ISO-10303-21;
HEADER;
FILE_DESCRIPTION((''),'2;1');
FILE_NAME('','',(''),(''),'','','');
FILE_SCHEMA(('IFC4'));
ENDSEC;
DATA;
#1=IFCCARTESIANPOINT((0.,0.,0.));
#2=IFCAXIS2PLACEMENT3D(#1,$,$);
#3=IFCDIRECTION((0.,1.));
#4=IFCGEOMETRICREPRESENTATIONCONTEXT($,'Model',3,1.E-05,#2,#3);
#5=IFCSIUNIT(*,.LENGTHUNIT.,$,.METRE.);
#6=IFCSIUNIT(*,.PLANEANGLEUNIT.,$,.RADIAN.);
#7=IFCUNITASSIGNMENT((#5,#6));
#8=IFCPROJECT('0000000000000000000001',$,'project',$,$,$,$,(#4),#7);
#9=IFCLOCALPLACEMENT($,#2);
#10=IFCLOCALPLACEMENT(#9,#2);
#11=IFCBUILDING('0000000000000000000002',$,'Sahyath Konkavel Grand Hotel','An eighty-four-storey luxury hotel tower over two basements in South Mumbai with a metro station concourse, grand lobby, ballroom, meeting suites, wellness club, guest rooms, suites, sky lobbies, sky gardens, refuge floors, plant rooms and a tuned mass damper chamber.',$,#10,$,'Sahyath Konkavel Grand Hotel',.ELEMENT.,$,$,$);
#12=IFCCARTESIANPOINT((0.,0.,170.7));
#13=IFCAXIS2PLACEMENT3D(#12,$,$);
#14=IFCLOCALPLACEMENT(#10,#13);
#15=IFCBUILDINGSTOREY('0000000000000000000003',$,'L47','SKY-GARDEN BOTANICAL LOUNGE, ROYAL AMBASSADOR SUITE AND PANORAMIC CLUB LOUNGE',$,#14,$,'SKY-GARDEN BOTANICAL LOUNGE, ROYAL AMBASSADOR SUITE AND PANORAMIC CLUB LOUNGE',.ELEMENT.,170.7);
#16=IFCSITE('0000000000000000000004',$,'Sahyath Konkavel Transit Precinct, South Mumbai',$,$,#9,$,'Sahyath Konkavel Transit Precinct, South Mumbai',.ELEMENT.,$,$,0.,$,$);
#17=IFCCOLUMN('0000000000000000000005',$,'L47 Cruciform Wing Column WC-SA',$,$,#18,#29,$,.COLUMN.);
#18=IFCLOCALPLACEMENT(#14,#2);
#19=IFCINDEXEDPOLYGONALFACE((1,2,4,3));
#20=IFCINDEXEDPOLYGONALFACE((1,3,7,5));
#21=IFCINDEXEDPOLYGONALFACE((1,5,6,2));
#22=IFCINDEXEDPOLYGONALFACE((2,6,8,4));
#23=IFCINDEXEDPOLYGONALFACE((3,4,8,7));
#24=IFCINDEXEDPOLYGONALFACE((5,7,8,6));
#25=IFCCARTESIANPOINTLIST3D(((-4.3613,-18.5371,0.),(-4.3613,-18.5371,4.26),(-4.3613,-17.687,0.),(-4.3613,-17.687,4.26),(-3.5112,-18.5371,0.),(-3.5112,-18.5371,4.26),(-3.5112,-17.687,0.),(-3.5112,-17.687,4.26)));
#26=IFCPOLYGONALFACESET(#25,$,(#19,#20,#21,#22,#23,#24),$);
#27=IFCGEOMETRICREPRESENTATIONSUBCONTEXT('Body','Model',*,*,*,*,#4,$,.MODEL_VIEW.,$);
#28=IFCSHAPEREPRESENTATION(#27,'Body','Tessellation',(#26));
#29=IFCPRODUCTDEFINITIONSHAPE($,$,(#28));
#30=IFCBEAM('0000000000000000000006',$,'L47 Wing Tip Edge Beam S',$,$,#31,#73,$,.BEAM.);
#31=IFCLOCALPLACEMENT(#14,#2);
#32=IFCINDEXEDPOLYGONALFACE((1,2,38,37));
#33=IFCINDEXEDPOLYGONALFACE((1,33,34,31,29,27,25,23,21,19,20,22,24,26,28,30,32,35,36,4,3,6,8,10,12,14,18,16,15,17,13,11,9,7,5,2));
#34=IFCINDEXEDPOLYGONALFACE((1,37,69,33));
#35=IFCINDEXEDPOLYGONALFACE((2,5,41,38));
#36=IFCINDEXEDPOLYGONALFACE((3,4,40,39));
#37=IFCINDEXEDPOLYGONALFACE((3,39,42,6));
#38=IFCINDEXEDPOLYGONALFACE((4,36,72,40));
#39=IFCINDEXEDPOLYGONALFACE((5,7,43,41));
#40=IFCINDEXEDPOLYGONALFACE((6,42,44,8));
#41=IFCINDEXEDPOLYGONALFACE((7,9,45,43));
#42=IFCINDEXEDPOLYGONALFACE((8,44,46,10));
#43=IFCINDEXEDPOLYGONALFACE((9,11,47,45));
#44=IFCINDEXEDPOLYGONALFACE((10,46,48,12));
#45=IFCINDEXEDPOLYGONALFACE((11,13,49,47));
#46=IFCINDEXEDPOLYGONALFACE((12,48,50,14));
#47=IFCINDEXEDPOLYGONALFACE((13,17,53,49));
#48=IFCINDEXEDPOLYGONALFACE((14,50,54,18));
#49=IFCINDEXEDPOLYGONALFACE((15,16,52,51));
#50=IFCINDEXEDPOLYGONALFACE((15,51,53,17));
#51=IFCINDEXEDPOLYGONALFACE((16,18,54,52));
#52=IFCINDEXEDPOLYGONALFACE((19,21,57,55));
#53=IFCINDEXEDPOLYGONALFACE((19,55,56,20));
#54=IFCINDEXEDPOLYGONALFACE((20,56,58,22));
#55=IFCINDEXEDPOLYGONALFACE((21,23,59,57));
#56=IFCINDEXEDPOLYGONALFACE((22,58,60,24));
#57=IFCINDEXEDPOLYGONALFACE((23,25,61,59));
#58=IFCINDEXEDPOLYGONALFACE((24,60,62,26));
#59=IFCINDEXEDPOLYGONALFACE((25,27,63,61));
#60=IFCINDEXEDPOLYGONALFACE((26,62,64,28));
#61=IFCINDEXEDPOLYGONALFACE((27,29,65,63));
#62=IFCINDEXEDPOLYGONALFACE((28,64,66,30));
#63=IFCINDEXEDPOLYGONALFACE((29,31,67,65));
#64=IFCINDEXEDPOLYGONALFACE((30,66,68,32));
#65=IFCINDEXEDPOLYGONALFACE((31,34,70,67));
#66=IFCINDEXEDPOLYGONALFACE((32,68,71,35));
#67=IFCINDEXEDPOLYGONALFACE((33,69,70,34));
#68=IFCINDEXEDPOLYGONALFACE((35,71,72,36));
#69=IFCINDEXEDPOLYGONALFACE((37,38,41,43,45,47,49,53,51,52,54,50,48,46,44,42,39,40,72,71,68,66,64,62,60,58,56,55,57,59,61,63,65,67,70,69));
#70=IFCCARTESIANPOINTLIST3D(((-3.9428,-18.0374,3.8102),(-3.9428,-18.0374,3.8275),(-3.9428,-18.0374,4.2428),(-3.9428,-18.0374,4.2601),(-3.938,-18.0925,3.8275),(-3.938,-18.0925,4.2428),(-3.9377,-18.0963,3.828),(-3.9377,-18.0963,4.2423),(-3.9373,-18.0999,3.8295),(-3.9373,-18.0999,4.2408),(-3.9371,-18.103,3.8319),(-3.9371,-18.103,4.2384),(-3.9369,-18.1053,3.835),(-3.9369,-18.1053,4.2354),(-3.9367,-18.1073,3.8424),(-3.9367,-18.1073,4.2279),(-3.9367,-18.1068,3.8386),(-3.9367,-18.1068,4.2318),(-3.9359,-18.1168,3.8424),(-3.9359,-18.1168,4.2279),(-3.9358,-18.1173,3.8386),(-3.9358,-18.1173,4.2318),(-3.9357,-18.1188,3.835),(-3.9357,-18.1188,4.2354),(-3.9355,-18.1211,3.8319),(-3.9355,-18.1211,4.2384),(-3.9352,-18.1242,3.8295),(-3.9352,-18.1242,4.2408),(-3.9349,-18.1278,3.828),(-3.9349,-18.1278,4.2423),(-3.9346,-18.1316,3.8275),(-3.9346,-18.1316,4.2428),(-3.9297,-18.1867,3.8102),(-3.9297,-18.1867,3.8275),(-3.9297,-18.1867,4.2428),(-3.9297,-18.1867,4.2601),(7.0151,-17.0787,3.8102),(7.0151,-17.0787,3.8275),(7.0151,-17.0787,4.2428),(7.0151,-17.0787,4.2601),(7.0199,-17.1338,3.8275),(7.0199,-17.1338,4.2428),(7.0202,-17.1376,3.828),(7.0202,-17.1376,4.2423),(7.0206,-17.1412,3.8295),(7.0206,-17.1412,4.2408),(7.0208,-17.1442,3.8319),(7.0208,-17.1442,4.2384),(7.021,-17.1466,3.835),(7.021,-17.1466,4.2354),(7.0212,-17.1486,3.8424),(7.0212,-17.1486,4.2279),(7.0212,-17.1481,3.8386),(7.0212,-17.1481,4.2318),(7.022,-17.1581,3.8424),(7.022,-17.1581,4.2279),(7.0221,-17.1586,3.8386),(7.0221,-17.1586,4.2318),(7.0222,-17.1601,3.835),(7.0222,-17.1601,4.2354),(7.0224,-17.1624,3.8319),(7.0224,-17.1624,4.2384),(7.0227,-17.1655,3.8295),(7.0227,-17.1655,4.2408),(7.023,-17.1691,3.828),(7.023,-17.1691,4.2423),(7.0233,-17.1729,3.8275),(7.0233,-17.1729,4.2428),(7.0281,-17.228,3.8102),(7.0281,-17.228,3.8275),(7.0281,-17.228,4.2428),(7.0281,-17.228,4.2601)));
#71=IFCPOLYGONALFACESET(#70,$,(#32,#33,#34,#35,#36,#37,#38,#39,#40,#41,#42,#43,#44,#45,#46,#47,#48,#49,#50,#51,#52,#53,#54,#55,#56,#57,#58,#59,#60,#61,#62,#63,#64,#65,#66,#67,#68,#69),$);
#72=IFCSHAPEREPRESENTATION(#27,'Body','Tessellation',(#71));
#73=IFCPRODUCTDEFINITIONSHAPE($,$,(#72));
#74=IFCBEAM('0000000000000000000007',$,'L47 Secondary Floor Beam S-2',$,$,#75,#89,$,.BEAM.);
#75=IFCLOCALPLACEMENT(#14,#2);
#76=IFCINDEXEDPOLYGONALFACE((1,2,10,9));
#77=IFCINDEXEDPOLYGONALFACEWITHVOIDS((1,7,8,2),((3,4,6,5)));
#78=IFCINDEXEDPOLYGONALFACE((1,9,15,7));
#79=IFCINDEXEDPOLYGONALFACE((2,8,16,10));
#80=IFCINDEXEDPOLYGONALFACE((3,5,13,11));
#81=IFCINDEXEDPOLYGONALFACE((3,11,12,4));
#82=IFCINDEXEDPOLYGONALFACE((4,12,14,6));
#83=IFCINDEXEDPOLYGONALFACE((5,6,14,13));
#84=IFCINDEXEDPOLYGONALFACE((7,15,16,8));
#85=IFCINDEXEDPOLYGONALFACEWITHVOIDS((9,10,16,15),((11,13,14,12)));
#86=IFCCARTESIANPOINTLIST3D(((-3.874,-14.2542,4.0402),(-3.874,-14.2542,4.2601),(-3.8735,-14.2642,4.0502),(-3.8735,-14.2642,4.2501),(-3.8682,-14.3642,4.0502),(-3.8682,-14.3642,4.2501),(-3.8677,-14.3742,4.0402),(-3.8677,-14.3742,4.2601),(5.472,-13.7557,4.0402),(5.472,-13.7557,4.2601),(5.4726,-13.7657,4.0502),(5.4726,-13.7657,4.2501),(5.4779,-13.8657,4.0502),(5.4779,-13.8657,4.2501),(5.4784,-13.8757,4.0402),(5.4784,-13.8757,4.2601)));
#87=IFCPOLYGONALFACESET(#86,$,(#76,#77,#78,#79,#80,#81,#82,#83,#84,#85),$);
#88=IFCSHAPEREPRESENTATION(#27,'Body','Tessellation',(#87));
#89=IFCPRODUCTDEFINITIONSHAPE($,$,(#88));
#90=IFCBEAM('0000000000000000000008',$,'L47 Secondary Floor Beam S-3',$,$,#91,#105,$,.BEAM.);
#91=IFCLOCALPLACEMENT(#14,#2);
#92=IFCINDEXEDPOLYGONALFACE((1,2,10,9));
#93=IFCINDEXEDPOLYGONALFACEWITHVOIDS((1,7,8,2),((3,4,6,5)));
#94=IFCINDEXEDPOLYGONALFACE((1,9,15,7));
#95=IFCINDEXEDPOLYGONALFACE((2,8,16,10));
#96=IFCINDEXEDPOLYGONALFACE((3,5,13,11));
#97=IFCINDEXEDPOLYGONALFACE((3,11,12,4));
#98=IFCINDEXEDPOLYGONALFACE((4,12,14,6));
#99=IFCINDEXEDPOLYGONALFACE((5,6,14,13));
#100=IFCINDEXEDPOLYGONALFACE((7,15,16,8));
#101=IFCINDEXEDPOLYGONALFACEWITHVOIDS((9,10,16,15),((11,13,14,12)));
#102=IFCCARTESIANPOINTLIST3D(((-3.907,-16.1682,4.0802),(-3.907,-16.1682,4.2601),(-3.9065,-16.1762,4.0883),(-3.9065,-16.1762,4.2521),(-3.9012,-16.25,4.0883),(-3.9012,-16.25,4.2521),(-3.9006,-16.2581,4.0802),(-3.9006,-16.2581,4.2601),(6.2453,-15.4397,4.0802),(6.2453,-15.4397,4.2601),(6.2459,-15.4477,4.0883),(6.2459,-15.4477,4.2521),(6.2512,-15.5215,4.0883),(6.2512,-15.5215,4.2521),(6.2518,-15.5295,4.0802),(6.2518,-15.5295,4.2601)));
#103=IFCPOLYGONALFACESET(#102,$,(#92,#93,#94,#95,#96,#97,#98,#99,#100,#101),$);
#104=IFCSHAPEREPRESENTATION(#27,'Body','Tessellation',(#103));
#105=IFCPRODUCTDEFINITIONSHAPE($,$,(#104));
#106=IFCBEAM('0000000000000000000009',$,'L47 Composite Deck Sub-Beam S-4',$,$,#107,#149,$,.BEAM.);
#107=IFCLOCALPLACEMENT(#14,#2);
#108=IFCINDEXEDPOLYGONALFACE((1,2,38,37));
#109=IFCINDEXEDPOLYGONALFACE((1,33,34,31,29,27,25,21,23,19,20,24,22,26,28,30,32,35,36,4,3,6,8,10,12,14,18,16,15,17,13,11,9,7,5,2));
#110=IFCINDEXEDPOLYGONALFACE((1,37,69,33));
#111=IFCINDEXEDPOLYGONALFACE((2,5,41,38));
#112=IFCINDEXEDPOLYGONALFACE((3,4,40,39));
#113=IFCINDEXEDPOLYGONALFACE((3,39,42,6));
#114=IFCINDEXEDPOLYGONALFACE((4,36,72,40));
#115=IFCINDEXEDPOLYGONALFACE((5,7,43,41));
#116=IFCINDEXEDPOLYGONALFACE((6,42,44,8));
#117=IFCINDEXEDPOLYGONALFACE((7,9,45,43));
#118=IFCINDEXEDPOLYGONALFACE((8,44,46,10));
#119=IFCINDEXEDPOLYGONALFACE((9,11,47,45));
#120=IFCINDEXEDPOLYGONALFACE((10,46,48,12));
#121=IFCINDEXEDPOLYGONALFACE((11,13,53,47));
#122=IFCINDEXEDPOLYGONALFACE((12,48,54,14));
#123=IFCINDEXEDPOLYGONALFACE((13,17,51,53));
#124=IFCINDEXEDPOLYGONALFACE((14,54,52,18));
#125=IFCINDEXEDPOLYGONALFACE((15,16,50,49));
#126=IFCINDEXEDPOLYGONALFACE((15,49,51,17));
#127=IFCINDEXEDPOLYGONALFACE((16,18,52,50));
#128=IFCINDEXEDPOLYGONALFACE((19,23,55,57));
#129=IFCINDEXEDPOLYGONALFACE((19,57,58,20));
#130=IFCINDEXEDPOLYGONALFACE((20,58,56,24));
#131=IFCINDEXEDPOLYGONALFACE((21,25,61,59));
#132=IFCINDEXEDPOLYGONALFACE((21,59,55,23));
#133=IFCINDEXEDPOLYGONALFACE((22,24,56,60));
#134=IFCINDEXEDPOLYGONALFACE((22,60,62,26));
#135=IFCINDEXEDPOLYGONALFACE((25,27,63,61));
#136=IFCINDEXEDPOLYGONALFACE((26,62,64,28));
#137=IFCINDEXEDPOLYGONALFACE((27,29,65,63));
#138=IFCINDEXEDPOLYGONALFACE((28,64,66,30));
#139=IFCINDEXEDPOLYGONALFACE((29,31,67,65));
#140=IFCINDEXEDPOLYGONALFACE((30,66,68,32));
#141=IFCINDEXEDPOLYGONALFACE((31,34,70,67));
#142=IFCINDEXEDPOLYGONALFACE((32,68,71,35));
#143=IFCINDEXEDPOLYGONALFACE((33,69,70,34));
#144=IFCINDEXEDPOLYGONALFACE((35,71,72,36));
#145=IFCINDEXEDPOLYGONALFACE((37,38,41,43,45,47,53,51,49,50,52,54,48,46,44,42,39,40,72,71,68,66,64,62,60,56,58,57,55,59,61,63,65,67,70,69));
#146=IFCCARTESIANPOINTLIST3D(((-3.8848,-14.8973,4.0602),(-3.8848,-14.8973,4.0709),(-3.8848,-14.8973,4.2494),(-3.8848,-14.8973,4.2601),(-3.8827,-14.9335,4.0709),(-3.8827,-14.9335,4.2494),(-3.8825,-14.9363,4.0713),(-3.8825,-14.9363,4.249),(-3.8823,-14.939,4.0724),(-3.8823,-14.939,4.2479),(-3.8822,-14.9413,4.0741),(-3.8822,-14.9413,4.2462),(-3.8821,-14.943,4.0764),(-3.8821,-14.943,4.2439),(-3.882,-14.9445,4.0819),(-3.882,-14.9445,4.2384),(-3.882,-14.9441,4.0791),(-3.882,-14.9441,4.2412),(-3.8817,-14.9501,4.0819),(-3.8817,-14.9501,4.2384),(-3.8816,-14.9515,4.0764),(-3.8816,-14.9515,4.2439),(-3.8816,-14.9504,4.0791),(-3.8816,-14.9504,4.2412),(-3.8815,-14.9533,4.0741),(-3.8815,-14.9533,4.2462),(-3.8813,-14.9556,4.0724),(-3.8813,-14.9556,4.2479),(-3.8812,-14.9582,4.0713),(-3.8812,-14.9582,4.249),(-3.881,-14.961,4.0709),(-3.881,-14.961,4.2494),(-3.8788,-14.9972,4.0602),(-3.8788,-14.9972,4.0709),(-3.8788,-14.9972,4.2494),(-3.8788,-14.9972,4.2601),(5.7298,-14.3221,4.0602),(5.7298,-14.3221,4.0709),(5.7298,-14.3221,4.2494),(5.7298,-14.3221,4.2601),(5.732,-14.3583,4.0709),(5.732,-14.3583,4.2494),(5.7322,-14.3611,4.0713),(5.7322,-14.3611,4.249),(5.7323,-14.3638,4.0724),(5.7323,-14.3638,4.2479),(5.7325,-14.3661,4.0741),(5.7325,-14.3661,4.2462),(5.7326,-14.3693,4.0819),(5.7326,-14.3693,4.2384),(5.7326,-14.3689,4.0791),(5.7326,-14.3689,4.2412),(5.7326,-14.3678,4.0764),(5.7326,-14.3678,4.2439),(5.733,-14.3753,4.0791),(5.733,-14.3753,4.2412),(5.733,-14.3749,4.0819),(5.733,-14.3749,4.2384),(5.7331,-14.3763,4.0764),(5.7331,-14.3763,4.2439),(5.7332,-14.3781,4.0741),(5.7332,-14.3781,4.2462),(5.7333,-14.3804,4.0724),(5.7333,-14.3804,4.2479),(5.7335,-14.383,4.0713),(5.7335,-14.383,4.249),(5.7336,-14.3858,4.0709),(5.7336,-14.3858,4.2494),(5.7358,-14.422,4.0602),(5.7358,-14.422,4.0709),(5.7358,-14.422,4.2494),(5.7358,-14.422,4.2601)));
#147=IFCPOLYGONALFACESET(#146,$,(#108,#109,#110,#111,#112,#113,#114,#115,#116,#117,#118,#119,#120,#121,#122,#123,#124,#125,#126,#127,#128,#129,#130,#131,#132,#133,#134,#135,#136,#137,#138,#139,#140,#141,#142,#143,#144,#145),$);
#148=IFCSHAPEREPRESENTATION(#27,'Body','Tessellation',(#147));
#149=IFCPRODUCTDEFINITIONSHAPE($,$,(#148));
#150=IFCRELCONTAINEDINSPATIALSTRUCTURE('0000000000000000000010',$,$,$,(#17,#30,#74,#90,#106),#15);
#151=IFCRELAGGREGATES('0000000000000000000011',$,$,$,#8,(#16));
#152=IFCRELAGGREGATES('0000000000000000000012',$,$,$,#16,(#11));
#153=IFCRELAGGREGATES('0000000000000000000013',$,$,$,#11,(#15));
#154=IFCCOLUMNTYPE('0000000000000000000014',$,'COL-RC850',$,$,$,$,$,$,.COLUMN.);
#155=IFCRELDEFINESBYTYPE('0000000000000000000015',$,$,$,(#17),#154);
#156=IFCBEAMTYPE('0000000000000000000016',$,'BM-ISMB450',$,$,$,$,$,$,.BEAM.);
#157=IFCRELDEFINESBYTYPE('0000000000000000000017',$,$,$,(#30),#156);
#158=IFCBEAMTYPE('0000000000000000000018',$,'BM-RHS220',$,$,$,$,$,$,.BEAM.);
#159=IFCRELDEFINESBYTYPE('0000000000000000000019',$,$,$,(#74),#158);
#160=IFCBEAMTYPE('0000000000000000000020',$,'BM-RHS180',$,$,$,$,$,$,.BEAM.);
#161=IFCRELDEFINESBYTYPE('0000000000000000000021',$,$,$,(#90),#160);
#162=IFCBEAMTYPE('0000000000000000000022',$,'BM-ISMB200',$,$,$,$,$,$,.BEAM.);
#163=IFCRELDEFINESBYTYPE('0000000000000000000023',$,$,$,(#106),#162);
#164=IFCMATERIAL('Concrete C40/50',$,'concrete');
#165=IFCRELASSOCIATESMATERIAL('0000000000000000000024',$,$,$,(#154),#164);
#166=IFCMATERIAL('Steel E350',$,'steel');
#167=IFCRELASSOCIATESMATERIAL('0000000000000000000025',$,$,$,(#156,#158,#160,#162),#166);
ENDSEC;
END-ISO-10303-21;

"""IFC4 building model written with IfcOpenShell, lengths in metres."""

from ifc_helpers import new_model, si_unit, direction, frame, origin, origin_2d, place, context, subcontext, project, spatial, rectangle, hollow_rectangle, i_section, extrude, source, transform, mapped, material, material_profile, profile_set, type_object, element, save


model = new_model("IFC4")

# Units and contexts
model_context = context("Model", 3, precision=1e-05, world=origin(), true_north=direction((0.0, 1.0)))
body_context = subcontext(model_context, "Body", "Model", "MODEL_VIEW")
ifc_project = project(units=[si_unit("LENGTHUNIT", "METRE"), si_unit("PLANEANGLEUNIT", "RADIAN")], contexts=[model_context])

# Site, building, storey
site_placement = place(None, origin())
site = spatial("IfcSite", under=ifc_project, at=site_placement, Name="Sahyath Konkavel Transit Precinct, South Mumbai", LongName="Sahyath Konkavel Transit Precinct, South Mumbai", CompositionType="ELEMENT", RefElevation=0.0)
building_placement = place(site_placement, origin())
building = spatial("IfcBuilding", under=site, at=building_placement, Name="Sahyath Konkavel Grand Hotel", Description="An eighty-four-storey luxury hotel tower over two basements in South Mumbai with a metro station concourse, grand lobby, ballroom, meeting suites, wellness club, guest rooms, suites, sky lobbies, sky gardens, refuge floors, plant rooms and a tuned mass damper chamber.", LongName="Sahyath Konkavel Grand Hotel", CompositionType="ELEMENT")
storey_placement = place(building_placement, frame((0.0, 0.0, 170.7)))
storey = spatial("IfcBuildingStorey", under=building, at=storey_placement, Name="L47", Description="SKY-GARDEN BOTANICAL LOUNGE, ROYAL AMBASSADOR SUITE AND PANORAMIC CLUB LOUNGE", LongName="SKY-GARDEN BOTANICAL LOUNGE, ROYAL AMBASSADOR SUITE AND PANORAMIC CLUB LOUNGE", CompositionType="ELEMENT", Elevation=170.7)

# Column
ifc_material_1 = material(Name="Concrete C40/50", Category="concrete")
ifc_material_profile_1 = material_profile(ifc_material_1, rectangle(XDim=0.8501, YDim=0.8501, at=origin_2d()), Name="RC 850x850")
ifc_profile_set_1 = profile_set([ifc_material_profile_1], Name="Concrete C40/50")
column_type = type_object("IfcColumnType", Name="COL-RC850", PredefinedType="COLUMN", material=ifc_profile_set_1)
shared_shape_1 = source(origin(), body_context, "Body", "SweptSolid", [
    extrude(rectangle(XDim=0.8501, YDim=0.8501, at=origin_2d()), origin(), (0.0, 0.0, 1.0), 4.26),
])
column_placement = place(storey_placement, frame((-3.9363, -18.1121, 0.0), z_axis=(0.0, 0.0, 1.0), x_axis=(1.0, 0.0, 0.0)))
element("IfcColumn", 1, at=column_placement, inside=storey, type_object=column_type, Name="L47 Cruciform Wing Column WC-SA", PredefinedType="COLUMN", context=body_context, shape_type="MappedRepresentation", body=[
    mapped(shared_shape_1, transform((0.0, 0.0, 0.0), scale=1.0)),
])

# Beams
ifc_material_2 = material(Name="Steel E350", Category="steel")
ifc_material_profile_2 = material_profile(ifc_material_2, i_section(OverallWidth=0.1499, OverallDepth=0.45, WebThickness=0.0095, FlangeThickness=0.0173, FilletRadius=0.0149, at=origin_2d()), Name="ISMB 450")
ifc_profile_set_2 = profile_set([ifc_material_profile_2], Name="Steel E350")
beam_type_1 = type_object("IfcBeamType", Name="BM-ISMB450", PredefinedType="BEAM", material=ifc_profile_set_2)
shared_shape_2 = source(origin(), body_context, "Body", "SweptSolid", [
    extrude(i_section(OverallWidth=0.1499, OverallDepth=0.45, WebThickness=0.0095, FlangeThickness=0.0173, FilletRadius=0.0149, at=origin_2d()), origin(), (0.0, 0.0, 1.0), 10.9998),
])
beam_1_placement = place(storey_placement, frame((-3.9363, -18.1121, 4.0352), z_axis=(0.996194, 0.087159, 0.0), x_axis=(-0.087159, 0.996194, 0.0)))
element("IfcBeam", 2, at=beam_1_placement, inside=storey, type_object=beam_type_1, Name="L47 Wing Tip Edge Beam S", PredefinedType="BEAM", context=body_context, shape_type="MappedRepresentation", body=[
    mapped(shared_shape_2, transform((0.0, 0.0, 0.0), scale=1.0)),
])
ifc_material_profile_3 = material_profile(ifc_material_2, hollow_rectangle(XDim=0.1201, YDim=0.22, WallThickness=0.01, at=origin_2d()), Name="RHS 220x120x10")
ifc_profile_set_3 = profile_set([ifc_material_profile_3], Name="Steel E350")
beam_type_2 = type_object("IfcBeamType", Name="BM-RHS220", PredefinedType="BEAM", material=ifc_profile_set_3)
shared_shape_3 = source(origin(), body_context, "Body", "SweptSolid", [
    extrude(hollow_rectangle(XDim=0.1201, YDim=0.22, WallThickness=0.01, at=origin_2d()), origin(), (0.0, 0.0, 1.0), 9.3594),
])
beam_2_placement = place(storey_placement, frame((-3.8708, -14.3142, 4.1501), z_axis=(0.99858, 0.053265, 0.0), x_axis=(-0.053265, 0.99858, 0.0)))
element("IfcBeam", 3, at=beam_2_placement, inside=storey, type_object=beam_type_2, Name="L47 Secondary Floor Beam S-2", PredefinedType="BEAM", context=body_context, shape_type="MappedRepresentation", body=[
    mapped(shared_shape_3, transform((0.0, 0.0, 0.0), scale=1.0)),
])
ifc_material_profile_4 = material_profile(ifc_material_2, hollow_rectangle(XDim=0.0901, YDim=0.1799, WallThickness=0.0081, at=origin_2d()), Name="RHS 180x90x8")
ifc_profile_set_4 = profile_set([ifc_material_profile_4], Name="Steel E350")
beam_type_3 = type_object("IfcBeamType", Name="BM-RHS180", PredefinedType="BEAM", material=ifc_profile_set_4)
shared_shape_4 = source(origin(), body_context, "Body", "SweptSolid", [
    extrude(hollow_rectangle(XDim=0.0901, YDim=0.1799, WallThickness=0.0081, at=origin_2d()), origin(), (0.0, 0.0, 1.0), 10.1785),
])
beam_3_placement = place(storey_placement, frame((-3.9038, -16.2131, 4.1702), z_axis=(0.997435, 0.071574, 0.0), x_axis=(-0.071574, 0.997435, 0.0)))
element("IfcBeam", 4, at=beam_3_placement, inside=storey, type_object=beam_type_3, Name="L47 Secondary Floor Beam S-3", PredefinedType="BEAM", context=body_context, shape_type="MappedRepresentation", body=[
    mapped(shared_shape_4, transform((0.0, 0.0, 0.0), scale=1.0)),
])
ifc_material_profile_5 = material_profile(ifc_material_2, i_section(OverallWidth=0.1001, OverallDepth=0.2, WebThickness=0.0056, FlangeThickness=0.0107, FilletRadius=0.011, at=origin_2d()), Name="ISMB 200")
ifc_profile_set_5 = profile_set([ifc_material_profile_5], Name="Steel E350")
beam_type_4 = type_object("IfcBeamType", Name="BM-ISMB200", PredefinedType="BEAM", material=ifc_profile_set_5)
shared_shape_5 = source(origin(), body_context, "Body", "SweptSolid", [
    extrude(i_section(OverallWidth=0.1001, OverallDepth=0.2, WebThickness=0.0056, FlangeThickness=0.0107, FilletRadius=0.011, at=origin_2d()), origin(), (0.0, 0.0, 1.0), 9.6318),
])
beam_4_placement = place(storey_placement, frame((-3.8818, -14.9473, 4.1602), z_axis=(0.998215, 0.059718, 0.0), x_axis=(-0.059718, 0.998215, 0.0)))
element("IfcBeam", 5, at=beam_4_placement, inside=storey, type_object=beam_type_4, Name="L47 Composite Deck Sub-Beam S-4", PredefinedType="BEAM", context=body_context, shape_type="MappedRepresentation", body=[
    mapped(shared_shape_5, transform((0.0, 0.0, 0.0), scale=1.0)),
])

save(model, "model.ifc")
